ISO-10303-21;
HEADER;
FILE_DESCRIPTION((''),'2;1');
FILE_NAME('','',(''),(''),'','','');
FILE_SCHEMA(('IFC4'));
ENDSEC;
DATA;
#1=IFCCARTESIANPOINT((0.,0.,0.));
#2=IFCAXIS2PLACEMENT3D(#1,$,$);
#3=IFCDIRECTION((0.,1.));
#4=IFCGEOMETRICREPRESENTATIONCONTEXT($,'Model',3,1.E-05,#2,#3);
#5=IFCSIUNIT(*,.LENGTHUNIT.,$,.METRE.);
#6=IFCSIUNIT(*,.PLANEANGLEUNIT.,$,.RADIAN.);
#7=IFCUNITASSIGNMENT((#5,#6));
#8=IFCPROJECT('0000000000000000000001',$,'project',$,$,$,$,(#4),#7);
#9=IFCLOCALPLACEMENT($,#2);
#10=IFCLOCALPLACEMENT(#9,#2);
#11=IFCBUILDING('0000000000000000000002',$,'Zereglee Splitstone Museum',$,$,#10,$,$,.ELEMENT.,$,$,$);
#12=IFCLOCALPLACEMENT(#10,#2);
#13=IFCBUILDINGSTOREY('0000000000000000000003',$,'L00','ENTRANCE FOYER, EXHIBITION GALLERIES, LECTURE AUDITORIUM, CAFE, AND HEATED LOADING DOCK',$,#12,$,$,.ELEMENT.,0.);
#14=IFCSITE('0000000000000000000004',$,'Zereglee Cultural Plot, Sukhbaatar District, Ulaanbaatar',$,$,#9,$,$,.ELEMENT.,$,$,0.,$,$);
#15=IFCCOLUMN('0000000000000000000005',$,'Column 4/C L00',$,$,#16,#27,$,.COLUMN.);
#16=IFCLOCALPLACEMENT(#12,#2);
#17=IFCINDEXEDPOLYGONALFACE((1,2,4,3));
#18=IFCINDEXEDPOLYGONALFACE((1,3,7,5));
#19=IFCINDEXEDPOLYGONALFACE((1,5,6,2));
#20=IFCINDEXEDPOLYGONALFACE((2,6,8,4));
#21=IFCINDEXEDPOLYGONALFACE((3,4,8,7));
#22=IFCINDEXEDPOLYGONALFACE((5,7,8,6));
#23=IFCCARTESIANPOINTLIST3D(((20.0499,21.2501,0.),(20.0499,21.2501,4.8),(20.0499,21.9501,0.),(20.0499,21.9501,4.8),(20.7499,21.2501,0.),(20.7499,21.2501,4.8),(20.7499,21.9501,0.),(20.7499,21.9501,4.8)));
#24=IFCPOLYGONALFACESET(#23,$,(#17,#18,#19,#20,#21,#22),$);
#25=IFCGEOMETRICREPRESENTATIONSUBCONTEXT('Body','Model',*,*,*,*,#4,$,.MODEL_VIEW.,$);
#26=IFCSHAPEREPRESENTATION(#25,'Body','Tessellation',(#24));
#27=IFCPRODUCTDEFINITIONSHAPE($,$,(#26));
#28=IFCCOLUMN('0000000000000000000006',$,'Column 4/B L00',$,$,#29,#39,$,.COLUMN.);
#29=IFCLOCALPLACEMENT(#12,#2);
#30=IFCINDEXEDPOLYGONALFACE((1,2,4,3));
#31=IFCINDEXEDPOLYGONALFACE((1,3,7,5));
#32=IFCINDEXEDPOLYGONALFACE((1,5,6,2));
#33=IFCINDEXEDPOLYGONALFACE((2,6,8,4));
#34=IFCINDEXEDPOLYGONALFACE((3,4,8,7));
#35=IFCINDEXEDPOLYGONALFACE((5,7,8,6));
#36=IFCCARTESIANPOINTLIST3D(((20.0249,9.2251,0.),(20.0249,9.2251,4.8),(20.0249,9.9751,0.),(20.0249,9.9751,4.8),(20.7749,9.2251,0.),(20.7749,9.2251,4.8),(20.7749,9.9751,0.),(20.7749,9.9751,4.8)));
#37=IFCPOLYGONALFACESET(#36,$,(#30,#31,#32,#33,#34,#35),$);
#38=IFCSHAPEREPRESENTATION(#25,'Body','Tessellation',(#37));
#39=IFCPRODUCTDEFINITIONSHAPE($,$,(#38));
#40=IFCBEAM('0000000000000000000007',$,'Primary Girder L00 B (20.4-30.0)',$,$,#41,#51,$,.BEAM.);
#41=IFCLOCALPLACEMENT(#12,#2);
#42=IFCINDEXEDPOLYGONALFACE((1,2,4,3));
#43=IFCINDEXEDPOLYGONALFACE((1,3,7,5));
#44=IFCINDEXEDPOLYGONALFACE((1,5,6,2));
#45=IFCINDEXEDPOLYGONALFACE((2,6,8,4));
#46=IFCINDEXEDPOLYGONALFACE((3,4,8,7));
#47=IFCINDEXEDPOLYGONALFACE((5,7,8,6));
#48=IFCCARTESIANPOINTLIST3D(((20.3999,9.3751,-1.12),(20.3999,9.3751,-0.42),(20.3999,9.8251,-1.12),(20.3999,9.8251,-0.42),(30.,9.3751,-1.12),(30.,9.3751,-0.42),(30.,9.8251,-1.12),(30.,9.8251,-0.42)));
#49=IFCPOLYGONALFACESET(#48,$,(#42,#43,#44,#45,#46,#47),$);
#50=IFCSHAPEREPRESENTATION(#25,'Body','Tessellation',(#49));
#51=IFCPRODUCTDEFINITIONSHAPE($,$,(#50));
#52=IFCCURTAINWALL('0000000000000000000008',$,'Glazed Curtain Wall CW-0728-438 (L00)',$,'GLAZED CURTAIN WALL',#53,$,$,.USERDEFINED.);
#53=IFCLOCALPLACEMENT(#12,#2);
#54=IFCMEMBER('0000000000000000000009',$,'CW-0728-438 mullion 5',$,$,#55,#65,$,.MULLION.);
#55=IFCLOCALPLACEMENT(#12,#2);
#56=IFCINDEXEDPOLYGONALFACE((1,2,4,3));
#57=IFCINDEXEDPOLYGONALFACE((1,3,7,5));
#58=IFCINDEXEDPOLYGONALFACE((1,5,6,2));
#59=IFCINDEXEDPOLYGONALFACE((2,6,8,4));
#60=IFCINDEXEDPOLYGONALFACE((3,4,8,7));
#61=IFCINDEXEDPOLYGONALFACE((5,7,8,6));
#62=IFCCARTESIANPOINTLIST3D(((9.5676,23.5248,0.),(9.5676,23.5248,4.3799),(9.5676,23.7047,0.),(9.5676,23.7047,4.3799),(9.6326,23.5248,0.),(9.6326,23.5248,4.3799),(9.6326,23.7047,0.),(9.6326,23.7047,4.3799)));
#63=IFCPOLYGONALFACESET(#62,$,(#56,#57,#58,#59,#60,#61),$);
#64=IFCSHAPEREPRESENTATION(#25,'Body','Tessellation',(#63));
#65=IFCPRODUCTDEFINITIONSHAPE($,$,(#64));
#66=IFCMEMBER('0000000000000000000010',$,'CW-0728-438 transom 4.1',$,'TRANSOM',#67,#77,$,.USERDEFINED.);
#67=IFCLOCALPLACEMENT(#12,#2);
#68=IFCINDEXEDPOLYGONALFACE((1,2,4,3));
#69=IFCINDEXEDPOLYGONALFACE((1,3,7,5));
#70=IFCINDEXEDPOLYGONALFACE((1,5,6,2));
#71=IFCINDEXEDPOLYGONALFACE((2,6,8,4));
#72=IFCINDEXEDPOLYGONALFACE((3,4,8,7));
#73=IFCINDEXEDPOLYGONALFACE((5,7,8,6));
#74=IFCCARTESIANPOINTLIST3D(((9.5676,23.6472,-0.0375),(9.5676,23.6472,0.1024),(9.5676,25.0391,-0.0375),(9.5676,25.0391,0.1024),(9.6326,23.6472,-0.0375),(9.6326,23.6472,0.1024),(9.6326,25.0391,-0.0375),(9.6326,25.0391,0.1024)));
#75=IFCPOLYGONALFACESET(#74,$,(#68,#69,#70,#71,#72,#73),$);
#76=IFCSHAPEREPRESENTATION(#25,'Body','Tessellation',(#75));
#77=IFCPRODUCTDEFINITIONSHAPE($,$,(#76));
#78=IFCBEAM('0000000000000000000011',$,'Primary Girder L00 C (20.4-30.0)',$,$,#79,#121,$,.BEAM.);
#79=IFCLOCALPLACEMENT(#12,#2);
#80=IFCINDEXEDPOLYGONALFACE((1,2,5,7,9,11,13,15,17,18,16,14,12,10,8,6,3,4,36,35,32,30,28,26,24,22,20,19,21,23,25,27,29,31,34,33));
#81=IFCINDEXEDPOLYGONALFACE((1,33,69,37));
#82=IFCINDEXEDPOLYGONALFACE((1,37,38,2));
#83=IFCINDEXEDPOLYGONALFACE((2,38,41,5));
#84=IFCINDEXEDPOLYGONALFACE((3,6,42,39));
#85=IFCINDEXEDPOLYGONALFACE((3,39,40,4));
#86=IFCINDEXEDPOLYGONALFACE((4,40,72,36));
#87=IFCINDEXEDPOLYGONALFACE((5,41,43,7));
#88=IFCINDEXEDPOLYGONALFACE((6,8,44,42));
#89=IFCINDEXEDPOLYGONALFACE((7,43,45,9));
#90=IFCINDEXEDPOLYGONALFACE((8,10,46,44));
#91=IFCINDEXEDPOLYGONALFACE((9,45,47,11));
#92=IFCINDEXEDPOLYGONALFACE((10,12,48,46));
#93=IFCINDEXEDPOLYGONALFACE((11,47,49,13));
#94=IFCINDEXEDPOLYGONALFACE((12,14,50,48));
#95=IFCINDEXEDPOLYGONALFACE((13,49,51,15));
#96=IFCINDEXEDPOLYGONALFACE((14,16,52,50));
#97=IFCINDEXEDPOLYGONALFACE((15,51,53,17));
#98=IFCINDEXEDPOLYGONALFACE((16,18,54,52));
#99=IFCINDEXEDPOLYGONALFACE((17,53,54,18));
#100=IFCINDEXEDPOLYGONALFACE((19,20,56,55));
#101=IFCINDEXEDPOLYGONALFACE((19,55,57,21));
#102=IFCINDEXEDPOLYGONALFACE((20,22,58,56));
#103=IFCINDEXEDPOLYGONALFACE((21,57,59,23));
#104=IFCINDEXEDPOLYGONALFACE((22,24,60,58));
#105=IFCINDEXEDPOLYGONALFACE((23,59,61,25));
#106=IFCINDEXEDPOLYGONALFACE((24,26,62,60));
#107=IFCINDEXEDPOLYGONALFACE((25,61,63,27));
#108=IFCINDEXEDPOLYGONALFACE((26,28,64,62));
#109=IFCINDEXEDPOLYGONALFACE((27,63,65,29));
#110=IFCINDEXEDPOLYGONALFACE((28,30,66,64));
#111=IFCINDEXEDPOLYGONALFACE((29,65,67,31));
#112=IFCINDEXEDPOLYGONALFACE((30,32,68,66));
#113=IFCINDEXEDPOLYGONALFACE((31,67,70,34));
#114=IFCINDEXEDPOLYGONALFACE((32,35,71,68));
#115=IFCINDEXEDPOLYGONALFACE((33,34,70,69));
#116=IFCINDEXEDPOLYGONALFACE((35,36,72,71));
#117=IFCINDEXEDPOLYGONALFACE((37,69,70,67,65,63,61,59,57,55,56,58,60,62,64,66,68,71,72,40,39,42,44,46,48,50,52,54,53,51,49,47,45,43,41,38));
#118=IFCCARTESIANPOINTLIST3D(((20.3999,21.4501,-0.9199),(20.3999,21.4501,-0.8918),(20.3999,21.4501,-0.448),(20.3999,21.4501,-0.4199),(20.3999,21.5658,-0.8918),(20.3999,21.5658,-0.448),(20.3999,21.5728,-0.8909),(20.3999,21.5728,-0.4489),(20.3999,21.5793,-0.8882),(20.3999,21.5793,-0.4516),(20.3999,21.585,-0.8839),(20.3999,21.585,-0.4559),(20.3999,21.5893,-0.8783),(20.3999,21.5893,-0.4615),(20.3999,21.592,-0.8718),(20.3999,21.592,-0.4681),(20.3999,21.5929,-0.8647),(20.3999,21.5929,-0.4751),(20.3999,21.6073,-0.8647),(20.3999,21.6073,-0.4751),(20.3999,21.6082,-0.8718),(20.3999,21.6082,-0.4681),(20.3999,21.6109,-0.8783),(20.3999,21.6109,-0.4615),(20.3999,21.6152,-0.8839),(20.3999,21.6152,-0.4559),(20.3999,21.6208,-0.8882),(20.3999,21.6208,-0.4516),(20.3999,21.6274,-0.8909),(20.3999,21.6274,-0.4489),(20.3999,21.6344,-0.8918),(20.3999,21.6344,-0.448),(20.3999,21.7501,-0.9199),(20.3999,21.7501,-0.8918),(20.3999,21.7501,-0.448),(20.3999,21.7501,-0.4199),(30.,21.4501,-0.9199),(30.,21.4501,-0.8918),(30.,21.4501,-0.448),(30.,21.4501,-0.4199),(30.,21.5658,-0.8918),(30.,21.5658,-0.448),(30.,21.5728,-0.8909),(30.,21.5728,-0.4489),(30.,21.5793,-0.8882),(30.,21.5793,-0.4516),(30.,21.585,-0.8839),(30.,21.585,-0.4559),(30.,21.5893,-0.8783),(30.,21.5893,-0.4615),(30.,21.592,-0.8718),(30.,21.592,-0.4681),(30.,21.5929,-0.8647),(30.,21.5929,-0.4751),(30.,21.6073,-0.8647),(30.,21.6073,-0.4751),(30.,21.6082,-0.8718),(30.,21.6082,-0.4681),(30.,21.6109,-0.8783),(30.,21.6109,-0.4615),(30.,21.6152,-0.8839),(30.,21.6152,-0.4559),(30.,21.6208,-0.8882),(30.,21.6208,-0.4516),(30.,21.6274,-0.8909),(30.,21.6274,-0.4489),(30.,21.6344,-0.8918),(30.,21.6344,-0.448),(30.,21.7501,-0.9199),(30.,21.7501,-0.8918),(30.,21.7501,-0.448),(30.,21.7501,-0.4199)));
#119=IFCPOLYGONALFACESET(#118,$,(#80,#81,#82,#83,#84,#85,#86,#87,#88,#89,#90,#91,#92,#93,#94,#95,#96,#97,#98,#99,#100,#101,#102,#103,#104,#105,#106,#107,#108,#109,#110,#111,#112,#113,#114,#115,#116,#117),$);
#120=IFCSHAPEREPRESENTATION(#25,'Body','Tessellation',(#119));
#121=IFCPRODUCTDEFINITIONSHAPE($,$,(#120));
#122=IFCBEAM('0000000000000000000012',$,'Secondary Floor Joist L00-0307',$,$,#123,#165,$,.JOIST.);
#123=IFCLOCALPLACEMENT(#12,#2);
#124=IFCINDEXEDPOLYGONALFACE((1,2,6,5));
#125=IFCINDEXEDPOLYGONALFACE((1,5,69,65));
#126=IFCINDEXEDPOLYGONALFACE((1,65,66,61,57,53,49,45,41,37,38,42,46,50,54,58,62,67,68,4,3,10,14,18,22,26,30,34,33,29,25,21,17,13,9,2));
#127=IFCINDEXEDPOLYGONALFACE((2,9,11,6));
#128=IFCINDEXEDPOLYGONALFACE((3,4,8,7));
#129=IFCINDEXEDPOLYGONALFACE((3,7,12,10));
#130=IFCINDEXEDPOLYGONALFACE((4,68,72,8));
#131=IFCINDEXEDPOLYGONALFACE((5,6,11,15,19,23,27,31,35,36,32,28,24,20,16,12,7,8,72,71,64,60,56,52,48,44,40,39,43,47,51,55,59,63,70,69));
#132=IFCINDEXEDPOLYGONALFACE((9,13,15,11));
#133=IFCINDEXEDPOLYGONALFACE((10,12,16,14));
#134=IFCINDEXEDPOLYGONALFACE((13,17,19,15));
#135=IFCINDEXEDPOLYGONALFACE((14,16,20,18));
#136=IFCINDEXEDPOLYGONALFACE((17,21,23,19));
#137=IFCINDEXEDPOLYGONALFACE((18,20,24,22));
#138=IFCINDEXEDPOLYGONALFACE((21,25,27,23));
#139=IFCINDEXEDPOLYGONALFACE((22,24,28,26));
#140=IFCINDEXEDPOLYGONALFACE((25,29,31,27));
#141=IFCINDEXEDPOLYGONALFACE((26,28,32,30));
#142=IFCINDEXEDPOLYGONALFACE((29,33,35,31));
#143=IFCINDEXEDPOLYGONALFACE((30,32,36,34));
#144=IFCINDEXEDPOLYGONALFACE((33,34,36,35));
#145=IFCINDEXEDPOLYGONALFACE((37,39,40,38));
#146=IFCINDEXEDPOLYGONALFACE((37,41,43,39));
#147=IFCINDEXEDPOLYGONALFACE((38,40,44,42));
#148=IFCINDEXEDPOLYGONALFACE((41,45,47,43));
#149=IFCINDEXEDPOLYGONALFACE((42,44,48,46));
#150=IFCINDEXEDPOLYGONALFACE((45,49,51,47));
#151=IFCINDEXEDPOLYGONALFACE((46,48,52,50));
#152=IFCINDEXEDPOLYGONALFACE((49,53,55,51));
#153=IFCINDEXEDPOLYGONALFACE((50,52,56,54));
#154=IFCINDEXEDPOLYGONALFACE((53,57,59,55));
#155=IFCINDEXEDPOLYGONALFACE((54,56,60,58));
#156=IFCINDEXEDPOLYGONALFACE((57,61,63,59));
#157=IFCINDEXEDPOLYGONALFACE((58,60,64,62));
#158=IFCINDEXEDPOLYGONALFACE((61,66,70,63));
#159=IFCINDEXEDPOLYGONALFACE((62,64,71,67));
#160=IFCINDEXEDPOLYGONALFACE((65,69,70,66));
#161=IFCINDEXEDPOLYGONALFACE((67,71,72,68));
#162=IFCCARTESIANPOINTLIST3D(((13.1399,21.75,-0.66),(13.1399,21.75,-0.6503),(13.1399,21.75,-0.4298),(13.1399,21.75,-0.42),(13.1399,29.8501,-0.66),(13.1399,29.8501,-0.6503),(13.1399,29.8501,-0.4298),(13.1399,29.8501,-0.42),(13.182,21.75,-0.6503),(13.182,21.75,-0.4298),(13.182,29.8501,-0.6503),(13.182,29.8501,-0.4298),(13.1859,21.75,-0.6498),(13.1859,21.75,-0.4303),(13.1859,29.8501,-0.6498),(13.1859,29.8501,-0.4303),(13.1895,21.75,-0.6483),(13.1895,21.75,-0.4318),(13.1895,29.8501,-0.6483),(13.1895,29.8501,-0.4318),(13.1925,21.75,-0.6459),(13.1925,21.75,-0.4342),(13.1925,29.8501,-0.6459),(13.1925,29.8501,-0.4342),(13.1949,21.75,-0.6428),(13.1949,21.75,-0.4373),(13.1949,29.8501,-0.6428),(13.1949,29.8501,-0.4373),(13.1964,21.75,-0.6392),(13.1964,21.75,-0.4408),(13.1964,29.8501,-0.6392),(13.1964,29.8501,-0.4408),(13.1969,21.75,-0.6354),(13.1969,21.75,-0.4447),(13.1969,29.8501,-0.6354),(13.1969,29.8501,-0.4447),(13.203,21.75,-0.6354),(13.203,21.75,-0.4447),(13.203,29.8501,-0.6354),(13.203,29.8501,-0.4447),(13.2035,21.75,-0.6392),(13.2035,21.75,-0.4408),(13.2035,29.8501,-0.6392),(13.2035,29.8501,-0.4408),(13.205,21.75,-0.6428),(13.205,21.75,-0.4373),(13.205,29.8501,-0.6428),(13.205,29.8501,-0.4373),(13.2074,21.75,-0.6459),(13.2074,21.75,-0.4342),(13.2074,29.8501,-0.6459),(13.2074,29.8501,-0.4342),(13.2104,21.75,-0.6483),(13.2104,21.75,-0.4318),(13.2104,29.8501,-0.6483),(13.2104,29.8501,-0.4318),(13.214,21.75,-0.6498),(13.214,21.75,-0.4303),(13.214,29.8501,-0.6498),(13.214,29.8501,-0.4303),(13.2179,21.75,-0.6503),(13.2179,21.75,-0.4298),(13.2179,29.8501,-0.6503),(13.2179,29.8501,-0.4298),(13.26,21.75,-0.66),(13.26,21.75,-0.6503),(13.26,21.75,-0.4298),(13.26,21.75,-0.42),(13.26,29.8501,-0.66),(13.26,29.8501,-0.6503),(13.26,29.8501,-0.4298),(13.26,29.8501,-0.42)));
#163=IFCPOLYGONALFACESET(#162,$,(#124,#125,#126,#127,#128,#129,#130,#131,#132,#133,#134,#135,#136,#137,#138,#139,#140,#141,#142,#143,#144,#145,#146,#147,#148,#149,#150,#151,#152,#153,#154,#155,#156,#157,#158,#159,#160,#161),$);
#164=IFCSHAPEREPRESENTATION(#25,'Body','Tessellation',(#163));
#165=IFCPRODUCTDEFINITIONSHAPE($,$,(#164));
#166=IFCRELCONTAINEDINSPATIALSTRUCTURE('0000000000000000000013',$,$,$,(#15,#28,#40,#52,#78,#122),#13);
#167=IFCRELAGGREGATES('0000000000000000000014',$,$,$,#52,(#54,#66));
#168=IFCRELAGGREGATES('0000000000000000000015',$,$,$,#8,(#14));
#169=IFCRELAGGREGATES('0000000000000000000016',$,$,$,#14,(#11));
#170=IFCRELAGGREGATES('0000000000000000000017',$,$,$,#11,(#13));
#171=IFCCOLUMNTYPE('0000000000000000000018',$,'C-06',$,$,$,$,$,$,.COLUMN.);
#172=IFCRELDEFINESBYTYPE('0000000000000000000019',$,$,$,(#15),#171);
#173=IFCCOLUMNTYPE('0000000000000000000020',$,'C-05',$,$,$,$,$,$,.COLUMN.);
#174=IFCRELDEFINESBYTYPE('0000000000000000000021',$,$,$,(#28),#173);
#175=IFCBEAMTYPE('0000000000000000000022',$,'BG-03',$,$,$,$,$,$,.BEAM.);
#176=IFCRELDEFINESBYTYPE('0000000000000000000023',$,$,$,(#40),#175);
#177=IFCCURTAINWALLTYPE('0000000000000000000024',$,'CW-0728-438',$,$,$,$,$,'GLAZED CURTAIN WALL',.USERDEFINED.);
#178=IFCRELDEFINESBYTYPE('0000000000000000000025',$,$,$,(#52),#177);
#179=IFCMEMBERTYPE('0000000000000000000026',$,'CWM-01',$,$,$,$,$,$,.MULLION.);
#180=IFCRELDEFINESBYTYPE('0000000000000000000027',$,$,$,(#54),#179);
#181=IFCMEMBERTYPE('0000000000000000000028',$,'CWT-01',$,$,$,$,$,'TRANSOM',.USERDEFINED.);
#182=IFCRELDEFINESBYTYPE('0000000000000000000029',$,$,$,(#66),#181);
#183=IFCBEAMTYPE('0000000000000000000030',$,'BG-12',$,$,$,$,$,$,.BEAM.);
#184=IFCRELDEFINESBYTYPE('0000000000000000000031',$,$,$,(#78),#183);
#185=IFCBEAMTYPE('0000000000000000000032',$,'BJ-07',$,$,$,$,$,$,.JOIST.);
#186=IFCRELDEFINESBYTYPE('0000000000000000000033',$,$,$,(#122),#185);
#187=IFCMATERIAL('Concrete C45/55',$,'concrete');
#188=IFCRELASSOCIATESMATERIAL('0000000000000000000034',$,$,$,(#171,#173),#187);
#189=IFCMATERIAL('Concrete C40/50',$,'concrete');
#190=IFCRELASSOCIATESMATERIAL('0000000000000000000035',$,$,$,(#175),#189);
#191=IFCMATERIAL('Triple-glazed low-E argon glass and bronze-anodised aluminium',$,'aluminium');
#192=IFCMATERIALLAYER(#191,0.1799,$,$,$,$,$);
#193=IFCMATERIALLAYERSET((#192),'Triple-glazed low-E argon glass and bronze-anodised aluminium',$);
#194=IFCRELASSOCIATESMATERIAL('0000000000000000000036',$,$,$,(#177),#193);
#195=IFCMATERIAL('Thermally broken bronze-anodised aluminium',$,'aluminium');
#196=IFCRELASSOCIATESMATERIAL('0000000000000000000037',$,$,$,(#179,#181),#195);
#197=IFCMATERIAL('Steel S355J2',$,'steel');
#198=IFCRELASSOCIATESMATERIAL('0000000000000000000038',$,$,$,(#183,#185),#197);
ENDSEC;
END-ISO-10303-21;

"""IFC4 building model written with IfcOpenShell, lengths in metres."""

from ifc_helpers import new_model, si_unit, direction, frame, origin, origin_2d, place, context, subcontext, project, spatial, rectangle, i_section, extrude, material, layer, layer_set, material_profile, profile_set, type_object, element, aggregate, save


model = new_model("IFC4")

# Units and contexts
model_context = context("Model", 3, precision=1e-05, world=origin(), true_north=direction((0.0, 1.0)))
body_context = subcontext(model_context, "Body", "Model", "MODEL_VIEW")
ifc_project = project(units=[si_unit("LENGTHUNIT", "METRE"), si_unit("PLANEANGLEUNIT", "RADIAN")], contexts=[model_context])

# Site, building, storey
site_placement = place(None, origin())
site = spatial("IfcSite", under=ifc_project, at=site_placement, Name="Zereglee Cultural Plot, Sukhbaatar District, Ulaanbaatar", CompositionType="ELEMENT", RefElevation=0.0)
building_placement = place(site_placement, origin())
building = spatial("IfcBuilding", under=site, at=building_placement, Name="Zereglee Splitstone Museum", CompositionType="ELEMENT")
storey_placement = place(building_placement, origin())
storey = spatial("IfcBuildingStorey", under=building, at=storey_placement, Name="L00", Description="ENTRANCE FOYER, EXHIBITION GALLERIES, LECTURE AUDITORIUM, CAFE, AND HEATED LOADING DOCK", CompositionType="ELEMENT", Elevation=0.0)

# Columns
ifc_material_1 = material(Name="Concrete C45/55", Category="concrete")
ifc_material_profile_1 = material_profile(ifc_material_1, rectangle(XDim=0.7, YDim=0.7, at=origin_2d()), Name="RC 700x700")
ifc_profile_set_1 = profile_set([ifc_material_profile_1], Name="Concrete C45/55")
column_type_1 = type_object("IfcColumnType", Name="C-06", PredefinedType="COLUMN", material=ifc_profile_set_1)
column_1_placement = place(storey_placement, frame((20.3999, 21.6001, 0.0), z_axis=(0.0, 0.0, 1.0), x_axis=(1.0, 0.0, 0.0)))
element("IfcColumn", 1, at=column_1_placement, inside=storey, type_object=column_type_1, Name="Column 4/C L00", PredefinedType="COLUMN", context=body_context, shape_type="SweptSolid", body=[
    extrude(rectangle(XDim=0.7, YDim=0.7, at=origin_2d()), origin(), (0.0, 0.0, 1.0), 4.8),
])
ifc_material_profile_2 = material_profile(ifc_material_1, rectangle(XDim=0.75, YDim=0.75, at=origin_2d()), Name="RC 750x750")
ifc_profile_set_2 = profile_set([ifc_material_profile_2], Name="Concrete C45/55")
column_type_2 = type_object("IfcColumnType", Name="C-05", PredefinedType="COLUMN", material=ifc_profile_set_2)
column_2_placement = place(storey_placement, frame((20.3999, 9.6001, 0.0), z_axis=(0.0, 0.0, 1.0), x_axis=(1.0, 0.0, 0.0)))
element("IfcColumn", 2, at=column_2_placement, inside=storey, type_object=column_type_2, Name="Column 4/B L00", PredefinedType="COLUMN", context=body_context, shape_type="SweptSolid", body=[
    extrude(rectangle(XDim=0.75, YDim=0.75, at=origin_2d()), origin(), (0.0, 0.0, 1.0), 4.8),
])

# Beam
ifc_material_2 = material(Name="Concrete C40/50", Category="concrete")
ifc_material_profile_3 = material_profile(ifc_material_2, rectangle(XDim=0.45, YDim=0.7, at=origin_2d()), Name="RC 450x700")
ifc_profile_set_3 = profile_set([ifc_material_profile_3], Name="Concrete C40/50")
beam_type_1 = type_object("IfcBeamType", Name="BG-03", PredefinedType="BEAM", material=ifc_profile_set_3)
beam_1_placement = place(storey_placement, frame((20.3999, 9.6001, -0.77), z_axis=(1.0, 0.0, 0.0), x_axis=(0.0, 1.0, 0.0)))
element("IfcBeam", 3, at=beam_1_placement, inside=storey, type_object=beam_type_1, Name="Primary Girder L00 B (20.4-30.0)", PredefinedType="BEAM", context=body_context, shape_type="SweptSolid", body=[
    extrude(rectangle(XDim=0.45, YDim=0.7, at=origin_2d()), origin(), (0.0, 0.0, 1.0), 9.6001),
])

# Curtain wall, members
ifc_material_3 = material(Name="Triple-glazed low-E argon glass and bronze-anodised aluminium", Category="aluminium")
ifc_layer_1 = layer(ifc_material_3, 0.1799)
ifc_layer_set_1 = layer_set([ifc_layer_1], Name="Triple-glazed low-E argon glass and bronze-anodised aluminium")
curtain_wall_type = type_object("IfcCurtainWallType", Name="CW-0728-438", ElementType="GLAZED CURTAIN WALL", PredefinedType="USERDEFINED", material=ifc_layer_set_1)
curtain_wall_placement = place(storey_placement, origin())
curtain_wall = element("IfcCurtainWall", 4, at=curtain_wall_placement, inside=storey, type_object=curtain_wall_type, Name="Glazed Curtain Wall CW-0728-438 (L00)", ObjectType="GLAZED CURTAIN WALL", PredefinedType="USERDEFINED")
ifc_material_4 = material(Name="Thermally broken bronze-anodised aluminium", Category="aluminium")
ifc_material_profile_4 = material_profile(ifc_material_4, rectangle(XDim=0.0649, YDim=0.1799, at=origin_2d()), Name="CW MULL 65x180")
ifc_profile_set_4 = profile_set([ifc_material_profile_4], Name="Thermally broken bronze-anodised aluminium")
member_type_1 = type_object("IfcMemberType", Name="CWM-01", PredefinedType="MULLION", material=ifc_profile_set_4)
member_1_placement = place(storey_placement, frame((9.6001, 23.6147, 0.0), z_axis=(0.0, 0.0, 1.0), x_axis=(1.0, 0.0, 0.0)))
member_1 = element("IfcMember", 5, at=member_1_placement, type_object=member_type_1, Name="CW-0728-438 mullion 5", PredefinedType="MULLION", context=body_context, shape_type="SweptSolid", body=[
    extrude(rectangle(XDim=0.0649, YDim=0.1799, at=origin_2d()), origin(), (0.0, 0.0, 1.0), 4.3799),
])
ifc_material_profile_5 = material_profile(ifc_material_4, rectangle(XDim=0.0649, YDim=0.1399, at=origin_2d()), Name="CW TRAN 65x140")
ifc_profile_set_5 = profile_set([ifc_material_profile_5], Name="Thermally broken bronze-anodised aluminium")
member_type_2 = type_object("IfcMemberType", Name="CWT-01", ElementType="TRANSOM", PredefinedType="USERDEFINED", material=ifc_profile_set_5)
member_2_placement = place(storey_placement, frame((9.6001, 25.0391, 0.0325), z_axis=(0.0, -1.0, 0.0), x_axis=(1.0, 0.0, 0.0)))
member_2 = element("IfcMember", 6, at=member_2_placement, type_object=member_type_2, Name="CW-0728-438 transom 4.1", ObjectType="TRANSOM", PredefinedType="USERDEFINED", context=body_context, shape_type="SweptSolid", body=[
    extrude(rectangle(XDim=0.0649, YDim=0.1399, at=origin_2d()), origin(), (0.0, 0.0, 1.0), 1.3918),
])

# Beams
ifc_material_5 = material(Name="Steel S355J2", Category="steel")
ifc_material_profile_6 = material_profile(ifc_material_5, i_section(OverallWidth=0.3, OverallDepth=0.5, WebThickness=0.0144, FlangeThickness=0.0281, FilletRadius=0.0271, at=origin_2d()), Name="HE 500 B")
ifc_profile_set_6 = profile_set([ifc_material_profile_6], Name="Steel S355J2")
beam_type_2 = type_object("IfcBeamType", Name="BG-12", PredefinedType="BEAM", material=ifc_profile_set_6)
beam_2_placement = place(storey_placement, frame((20.3999, 21.6001, -0.6699), z_axis=(1.0, 0.0, 0.0), x_axis=(0.0, 1.0, 0.0)))
element("IfcBeam", 7, at=beam_2_placement, inside=storey, type_object=beam_type_2, Name="Primary Girder L00 C (20.4-30.0)", PredefinedType="BEAM", context=body_context, shape_type="SweptSolid", body=[
    extrude(i_section(OverallWidth=0.3, OverallDepth=0.5, WebThickness=0.0144, FlangeThickness=0.0281, FilletRadius=0.0271, at=origin_2d()), origin(), (0.0, 0.0, 1.0), 9.6001),
])
ifc_material_profile_7 = material_profile(ifc_material_5, i_section(OverallWidth=0.1201, OverallDepth=0.24, WebThickness=0.0061, FlangeThickness=0.0098, FilletRadius=0.0149, at=origin_2d()), Name="IPE 240")
ifc_profile_set_7 = profile_set([ifc_material_profile_7], Name="Steel S355J2")
beam_type_3 = type_object("IfcBeamType", Name="BJ-07", PredefinedType="JOIST", material=ifc_profile_set_7)
beam_3_placement = place(storey_placement, frame((13.2, 21.75, -0.54), z_axis=(0.0, 1.0, 0.0), x_axis=(-1.0, 0.0, 0.0)))
element("IfcBeam", 8, at=beam_3_placement, inside=storey, type_object=beam_type_3, Name="Secondary Floor Joist L00-0307", PredefinedType="JOIST", context=body_context, shape_type="SweptSolid", body=[
    extrude(i_section(OverallWidth=0.1201, OverallDepth=0.24, WebThickness=0.0061, FlangeThickness=0.0098, FilletRadius=0.0149, at=origin_2d()), origin(), (0.0, 0.0, 1.0), 8.1001),
])

aggregate(curtain_wall, [member_1, member_2])

save(model, "model.ifc")
